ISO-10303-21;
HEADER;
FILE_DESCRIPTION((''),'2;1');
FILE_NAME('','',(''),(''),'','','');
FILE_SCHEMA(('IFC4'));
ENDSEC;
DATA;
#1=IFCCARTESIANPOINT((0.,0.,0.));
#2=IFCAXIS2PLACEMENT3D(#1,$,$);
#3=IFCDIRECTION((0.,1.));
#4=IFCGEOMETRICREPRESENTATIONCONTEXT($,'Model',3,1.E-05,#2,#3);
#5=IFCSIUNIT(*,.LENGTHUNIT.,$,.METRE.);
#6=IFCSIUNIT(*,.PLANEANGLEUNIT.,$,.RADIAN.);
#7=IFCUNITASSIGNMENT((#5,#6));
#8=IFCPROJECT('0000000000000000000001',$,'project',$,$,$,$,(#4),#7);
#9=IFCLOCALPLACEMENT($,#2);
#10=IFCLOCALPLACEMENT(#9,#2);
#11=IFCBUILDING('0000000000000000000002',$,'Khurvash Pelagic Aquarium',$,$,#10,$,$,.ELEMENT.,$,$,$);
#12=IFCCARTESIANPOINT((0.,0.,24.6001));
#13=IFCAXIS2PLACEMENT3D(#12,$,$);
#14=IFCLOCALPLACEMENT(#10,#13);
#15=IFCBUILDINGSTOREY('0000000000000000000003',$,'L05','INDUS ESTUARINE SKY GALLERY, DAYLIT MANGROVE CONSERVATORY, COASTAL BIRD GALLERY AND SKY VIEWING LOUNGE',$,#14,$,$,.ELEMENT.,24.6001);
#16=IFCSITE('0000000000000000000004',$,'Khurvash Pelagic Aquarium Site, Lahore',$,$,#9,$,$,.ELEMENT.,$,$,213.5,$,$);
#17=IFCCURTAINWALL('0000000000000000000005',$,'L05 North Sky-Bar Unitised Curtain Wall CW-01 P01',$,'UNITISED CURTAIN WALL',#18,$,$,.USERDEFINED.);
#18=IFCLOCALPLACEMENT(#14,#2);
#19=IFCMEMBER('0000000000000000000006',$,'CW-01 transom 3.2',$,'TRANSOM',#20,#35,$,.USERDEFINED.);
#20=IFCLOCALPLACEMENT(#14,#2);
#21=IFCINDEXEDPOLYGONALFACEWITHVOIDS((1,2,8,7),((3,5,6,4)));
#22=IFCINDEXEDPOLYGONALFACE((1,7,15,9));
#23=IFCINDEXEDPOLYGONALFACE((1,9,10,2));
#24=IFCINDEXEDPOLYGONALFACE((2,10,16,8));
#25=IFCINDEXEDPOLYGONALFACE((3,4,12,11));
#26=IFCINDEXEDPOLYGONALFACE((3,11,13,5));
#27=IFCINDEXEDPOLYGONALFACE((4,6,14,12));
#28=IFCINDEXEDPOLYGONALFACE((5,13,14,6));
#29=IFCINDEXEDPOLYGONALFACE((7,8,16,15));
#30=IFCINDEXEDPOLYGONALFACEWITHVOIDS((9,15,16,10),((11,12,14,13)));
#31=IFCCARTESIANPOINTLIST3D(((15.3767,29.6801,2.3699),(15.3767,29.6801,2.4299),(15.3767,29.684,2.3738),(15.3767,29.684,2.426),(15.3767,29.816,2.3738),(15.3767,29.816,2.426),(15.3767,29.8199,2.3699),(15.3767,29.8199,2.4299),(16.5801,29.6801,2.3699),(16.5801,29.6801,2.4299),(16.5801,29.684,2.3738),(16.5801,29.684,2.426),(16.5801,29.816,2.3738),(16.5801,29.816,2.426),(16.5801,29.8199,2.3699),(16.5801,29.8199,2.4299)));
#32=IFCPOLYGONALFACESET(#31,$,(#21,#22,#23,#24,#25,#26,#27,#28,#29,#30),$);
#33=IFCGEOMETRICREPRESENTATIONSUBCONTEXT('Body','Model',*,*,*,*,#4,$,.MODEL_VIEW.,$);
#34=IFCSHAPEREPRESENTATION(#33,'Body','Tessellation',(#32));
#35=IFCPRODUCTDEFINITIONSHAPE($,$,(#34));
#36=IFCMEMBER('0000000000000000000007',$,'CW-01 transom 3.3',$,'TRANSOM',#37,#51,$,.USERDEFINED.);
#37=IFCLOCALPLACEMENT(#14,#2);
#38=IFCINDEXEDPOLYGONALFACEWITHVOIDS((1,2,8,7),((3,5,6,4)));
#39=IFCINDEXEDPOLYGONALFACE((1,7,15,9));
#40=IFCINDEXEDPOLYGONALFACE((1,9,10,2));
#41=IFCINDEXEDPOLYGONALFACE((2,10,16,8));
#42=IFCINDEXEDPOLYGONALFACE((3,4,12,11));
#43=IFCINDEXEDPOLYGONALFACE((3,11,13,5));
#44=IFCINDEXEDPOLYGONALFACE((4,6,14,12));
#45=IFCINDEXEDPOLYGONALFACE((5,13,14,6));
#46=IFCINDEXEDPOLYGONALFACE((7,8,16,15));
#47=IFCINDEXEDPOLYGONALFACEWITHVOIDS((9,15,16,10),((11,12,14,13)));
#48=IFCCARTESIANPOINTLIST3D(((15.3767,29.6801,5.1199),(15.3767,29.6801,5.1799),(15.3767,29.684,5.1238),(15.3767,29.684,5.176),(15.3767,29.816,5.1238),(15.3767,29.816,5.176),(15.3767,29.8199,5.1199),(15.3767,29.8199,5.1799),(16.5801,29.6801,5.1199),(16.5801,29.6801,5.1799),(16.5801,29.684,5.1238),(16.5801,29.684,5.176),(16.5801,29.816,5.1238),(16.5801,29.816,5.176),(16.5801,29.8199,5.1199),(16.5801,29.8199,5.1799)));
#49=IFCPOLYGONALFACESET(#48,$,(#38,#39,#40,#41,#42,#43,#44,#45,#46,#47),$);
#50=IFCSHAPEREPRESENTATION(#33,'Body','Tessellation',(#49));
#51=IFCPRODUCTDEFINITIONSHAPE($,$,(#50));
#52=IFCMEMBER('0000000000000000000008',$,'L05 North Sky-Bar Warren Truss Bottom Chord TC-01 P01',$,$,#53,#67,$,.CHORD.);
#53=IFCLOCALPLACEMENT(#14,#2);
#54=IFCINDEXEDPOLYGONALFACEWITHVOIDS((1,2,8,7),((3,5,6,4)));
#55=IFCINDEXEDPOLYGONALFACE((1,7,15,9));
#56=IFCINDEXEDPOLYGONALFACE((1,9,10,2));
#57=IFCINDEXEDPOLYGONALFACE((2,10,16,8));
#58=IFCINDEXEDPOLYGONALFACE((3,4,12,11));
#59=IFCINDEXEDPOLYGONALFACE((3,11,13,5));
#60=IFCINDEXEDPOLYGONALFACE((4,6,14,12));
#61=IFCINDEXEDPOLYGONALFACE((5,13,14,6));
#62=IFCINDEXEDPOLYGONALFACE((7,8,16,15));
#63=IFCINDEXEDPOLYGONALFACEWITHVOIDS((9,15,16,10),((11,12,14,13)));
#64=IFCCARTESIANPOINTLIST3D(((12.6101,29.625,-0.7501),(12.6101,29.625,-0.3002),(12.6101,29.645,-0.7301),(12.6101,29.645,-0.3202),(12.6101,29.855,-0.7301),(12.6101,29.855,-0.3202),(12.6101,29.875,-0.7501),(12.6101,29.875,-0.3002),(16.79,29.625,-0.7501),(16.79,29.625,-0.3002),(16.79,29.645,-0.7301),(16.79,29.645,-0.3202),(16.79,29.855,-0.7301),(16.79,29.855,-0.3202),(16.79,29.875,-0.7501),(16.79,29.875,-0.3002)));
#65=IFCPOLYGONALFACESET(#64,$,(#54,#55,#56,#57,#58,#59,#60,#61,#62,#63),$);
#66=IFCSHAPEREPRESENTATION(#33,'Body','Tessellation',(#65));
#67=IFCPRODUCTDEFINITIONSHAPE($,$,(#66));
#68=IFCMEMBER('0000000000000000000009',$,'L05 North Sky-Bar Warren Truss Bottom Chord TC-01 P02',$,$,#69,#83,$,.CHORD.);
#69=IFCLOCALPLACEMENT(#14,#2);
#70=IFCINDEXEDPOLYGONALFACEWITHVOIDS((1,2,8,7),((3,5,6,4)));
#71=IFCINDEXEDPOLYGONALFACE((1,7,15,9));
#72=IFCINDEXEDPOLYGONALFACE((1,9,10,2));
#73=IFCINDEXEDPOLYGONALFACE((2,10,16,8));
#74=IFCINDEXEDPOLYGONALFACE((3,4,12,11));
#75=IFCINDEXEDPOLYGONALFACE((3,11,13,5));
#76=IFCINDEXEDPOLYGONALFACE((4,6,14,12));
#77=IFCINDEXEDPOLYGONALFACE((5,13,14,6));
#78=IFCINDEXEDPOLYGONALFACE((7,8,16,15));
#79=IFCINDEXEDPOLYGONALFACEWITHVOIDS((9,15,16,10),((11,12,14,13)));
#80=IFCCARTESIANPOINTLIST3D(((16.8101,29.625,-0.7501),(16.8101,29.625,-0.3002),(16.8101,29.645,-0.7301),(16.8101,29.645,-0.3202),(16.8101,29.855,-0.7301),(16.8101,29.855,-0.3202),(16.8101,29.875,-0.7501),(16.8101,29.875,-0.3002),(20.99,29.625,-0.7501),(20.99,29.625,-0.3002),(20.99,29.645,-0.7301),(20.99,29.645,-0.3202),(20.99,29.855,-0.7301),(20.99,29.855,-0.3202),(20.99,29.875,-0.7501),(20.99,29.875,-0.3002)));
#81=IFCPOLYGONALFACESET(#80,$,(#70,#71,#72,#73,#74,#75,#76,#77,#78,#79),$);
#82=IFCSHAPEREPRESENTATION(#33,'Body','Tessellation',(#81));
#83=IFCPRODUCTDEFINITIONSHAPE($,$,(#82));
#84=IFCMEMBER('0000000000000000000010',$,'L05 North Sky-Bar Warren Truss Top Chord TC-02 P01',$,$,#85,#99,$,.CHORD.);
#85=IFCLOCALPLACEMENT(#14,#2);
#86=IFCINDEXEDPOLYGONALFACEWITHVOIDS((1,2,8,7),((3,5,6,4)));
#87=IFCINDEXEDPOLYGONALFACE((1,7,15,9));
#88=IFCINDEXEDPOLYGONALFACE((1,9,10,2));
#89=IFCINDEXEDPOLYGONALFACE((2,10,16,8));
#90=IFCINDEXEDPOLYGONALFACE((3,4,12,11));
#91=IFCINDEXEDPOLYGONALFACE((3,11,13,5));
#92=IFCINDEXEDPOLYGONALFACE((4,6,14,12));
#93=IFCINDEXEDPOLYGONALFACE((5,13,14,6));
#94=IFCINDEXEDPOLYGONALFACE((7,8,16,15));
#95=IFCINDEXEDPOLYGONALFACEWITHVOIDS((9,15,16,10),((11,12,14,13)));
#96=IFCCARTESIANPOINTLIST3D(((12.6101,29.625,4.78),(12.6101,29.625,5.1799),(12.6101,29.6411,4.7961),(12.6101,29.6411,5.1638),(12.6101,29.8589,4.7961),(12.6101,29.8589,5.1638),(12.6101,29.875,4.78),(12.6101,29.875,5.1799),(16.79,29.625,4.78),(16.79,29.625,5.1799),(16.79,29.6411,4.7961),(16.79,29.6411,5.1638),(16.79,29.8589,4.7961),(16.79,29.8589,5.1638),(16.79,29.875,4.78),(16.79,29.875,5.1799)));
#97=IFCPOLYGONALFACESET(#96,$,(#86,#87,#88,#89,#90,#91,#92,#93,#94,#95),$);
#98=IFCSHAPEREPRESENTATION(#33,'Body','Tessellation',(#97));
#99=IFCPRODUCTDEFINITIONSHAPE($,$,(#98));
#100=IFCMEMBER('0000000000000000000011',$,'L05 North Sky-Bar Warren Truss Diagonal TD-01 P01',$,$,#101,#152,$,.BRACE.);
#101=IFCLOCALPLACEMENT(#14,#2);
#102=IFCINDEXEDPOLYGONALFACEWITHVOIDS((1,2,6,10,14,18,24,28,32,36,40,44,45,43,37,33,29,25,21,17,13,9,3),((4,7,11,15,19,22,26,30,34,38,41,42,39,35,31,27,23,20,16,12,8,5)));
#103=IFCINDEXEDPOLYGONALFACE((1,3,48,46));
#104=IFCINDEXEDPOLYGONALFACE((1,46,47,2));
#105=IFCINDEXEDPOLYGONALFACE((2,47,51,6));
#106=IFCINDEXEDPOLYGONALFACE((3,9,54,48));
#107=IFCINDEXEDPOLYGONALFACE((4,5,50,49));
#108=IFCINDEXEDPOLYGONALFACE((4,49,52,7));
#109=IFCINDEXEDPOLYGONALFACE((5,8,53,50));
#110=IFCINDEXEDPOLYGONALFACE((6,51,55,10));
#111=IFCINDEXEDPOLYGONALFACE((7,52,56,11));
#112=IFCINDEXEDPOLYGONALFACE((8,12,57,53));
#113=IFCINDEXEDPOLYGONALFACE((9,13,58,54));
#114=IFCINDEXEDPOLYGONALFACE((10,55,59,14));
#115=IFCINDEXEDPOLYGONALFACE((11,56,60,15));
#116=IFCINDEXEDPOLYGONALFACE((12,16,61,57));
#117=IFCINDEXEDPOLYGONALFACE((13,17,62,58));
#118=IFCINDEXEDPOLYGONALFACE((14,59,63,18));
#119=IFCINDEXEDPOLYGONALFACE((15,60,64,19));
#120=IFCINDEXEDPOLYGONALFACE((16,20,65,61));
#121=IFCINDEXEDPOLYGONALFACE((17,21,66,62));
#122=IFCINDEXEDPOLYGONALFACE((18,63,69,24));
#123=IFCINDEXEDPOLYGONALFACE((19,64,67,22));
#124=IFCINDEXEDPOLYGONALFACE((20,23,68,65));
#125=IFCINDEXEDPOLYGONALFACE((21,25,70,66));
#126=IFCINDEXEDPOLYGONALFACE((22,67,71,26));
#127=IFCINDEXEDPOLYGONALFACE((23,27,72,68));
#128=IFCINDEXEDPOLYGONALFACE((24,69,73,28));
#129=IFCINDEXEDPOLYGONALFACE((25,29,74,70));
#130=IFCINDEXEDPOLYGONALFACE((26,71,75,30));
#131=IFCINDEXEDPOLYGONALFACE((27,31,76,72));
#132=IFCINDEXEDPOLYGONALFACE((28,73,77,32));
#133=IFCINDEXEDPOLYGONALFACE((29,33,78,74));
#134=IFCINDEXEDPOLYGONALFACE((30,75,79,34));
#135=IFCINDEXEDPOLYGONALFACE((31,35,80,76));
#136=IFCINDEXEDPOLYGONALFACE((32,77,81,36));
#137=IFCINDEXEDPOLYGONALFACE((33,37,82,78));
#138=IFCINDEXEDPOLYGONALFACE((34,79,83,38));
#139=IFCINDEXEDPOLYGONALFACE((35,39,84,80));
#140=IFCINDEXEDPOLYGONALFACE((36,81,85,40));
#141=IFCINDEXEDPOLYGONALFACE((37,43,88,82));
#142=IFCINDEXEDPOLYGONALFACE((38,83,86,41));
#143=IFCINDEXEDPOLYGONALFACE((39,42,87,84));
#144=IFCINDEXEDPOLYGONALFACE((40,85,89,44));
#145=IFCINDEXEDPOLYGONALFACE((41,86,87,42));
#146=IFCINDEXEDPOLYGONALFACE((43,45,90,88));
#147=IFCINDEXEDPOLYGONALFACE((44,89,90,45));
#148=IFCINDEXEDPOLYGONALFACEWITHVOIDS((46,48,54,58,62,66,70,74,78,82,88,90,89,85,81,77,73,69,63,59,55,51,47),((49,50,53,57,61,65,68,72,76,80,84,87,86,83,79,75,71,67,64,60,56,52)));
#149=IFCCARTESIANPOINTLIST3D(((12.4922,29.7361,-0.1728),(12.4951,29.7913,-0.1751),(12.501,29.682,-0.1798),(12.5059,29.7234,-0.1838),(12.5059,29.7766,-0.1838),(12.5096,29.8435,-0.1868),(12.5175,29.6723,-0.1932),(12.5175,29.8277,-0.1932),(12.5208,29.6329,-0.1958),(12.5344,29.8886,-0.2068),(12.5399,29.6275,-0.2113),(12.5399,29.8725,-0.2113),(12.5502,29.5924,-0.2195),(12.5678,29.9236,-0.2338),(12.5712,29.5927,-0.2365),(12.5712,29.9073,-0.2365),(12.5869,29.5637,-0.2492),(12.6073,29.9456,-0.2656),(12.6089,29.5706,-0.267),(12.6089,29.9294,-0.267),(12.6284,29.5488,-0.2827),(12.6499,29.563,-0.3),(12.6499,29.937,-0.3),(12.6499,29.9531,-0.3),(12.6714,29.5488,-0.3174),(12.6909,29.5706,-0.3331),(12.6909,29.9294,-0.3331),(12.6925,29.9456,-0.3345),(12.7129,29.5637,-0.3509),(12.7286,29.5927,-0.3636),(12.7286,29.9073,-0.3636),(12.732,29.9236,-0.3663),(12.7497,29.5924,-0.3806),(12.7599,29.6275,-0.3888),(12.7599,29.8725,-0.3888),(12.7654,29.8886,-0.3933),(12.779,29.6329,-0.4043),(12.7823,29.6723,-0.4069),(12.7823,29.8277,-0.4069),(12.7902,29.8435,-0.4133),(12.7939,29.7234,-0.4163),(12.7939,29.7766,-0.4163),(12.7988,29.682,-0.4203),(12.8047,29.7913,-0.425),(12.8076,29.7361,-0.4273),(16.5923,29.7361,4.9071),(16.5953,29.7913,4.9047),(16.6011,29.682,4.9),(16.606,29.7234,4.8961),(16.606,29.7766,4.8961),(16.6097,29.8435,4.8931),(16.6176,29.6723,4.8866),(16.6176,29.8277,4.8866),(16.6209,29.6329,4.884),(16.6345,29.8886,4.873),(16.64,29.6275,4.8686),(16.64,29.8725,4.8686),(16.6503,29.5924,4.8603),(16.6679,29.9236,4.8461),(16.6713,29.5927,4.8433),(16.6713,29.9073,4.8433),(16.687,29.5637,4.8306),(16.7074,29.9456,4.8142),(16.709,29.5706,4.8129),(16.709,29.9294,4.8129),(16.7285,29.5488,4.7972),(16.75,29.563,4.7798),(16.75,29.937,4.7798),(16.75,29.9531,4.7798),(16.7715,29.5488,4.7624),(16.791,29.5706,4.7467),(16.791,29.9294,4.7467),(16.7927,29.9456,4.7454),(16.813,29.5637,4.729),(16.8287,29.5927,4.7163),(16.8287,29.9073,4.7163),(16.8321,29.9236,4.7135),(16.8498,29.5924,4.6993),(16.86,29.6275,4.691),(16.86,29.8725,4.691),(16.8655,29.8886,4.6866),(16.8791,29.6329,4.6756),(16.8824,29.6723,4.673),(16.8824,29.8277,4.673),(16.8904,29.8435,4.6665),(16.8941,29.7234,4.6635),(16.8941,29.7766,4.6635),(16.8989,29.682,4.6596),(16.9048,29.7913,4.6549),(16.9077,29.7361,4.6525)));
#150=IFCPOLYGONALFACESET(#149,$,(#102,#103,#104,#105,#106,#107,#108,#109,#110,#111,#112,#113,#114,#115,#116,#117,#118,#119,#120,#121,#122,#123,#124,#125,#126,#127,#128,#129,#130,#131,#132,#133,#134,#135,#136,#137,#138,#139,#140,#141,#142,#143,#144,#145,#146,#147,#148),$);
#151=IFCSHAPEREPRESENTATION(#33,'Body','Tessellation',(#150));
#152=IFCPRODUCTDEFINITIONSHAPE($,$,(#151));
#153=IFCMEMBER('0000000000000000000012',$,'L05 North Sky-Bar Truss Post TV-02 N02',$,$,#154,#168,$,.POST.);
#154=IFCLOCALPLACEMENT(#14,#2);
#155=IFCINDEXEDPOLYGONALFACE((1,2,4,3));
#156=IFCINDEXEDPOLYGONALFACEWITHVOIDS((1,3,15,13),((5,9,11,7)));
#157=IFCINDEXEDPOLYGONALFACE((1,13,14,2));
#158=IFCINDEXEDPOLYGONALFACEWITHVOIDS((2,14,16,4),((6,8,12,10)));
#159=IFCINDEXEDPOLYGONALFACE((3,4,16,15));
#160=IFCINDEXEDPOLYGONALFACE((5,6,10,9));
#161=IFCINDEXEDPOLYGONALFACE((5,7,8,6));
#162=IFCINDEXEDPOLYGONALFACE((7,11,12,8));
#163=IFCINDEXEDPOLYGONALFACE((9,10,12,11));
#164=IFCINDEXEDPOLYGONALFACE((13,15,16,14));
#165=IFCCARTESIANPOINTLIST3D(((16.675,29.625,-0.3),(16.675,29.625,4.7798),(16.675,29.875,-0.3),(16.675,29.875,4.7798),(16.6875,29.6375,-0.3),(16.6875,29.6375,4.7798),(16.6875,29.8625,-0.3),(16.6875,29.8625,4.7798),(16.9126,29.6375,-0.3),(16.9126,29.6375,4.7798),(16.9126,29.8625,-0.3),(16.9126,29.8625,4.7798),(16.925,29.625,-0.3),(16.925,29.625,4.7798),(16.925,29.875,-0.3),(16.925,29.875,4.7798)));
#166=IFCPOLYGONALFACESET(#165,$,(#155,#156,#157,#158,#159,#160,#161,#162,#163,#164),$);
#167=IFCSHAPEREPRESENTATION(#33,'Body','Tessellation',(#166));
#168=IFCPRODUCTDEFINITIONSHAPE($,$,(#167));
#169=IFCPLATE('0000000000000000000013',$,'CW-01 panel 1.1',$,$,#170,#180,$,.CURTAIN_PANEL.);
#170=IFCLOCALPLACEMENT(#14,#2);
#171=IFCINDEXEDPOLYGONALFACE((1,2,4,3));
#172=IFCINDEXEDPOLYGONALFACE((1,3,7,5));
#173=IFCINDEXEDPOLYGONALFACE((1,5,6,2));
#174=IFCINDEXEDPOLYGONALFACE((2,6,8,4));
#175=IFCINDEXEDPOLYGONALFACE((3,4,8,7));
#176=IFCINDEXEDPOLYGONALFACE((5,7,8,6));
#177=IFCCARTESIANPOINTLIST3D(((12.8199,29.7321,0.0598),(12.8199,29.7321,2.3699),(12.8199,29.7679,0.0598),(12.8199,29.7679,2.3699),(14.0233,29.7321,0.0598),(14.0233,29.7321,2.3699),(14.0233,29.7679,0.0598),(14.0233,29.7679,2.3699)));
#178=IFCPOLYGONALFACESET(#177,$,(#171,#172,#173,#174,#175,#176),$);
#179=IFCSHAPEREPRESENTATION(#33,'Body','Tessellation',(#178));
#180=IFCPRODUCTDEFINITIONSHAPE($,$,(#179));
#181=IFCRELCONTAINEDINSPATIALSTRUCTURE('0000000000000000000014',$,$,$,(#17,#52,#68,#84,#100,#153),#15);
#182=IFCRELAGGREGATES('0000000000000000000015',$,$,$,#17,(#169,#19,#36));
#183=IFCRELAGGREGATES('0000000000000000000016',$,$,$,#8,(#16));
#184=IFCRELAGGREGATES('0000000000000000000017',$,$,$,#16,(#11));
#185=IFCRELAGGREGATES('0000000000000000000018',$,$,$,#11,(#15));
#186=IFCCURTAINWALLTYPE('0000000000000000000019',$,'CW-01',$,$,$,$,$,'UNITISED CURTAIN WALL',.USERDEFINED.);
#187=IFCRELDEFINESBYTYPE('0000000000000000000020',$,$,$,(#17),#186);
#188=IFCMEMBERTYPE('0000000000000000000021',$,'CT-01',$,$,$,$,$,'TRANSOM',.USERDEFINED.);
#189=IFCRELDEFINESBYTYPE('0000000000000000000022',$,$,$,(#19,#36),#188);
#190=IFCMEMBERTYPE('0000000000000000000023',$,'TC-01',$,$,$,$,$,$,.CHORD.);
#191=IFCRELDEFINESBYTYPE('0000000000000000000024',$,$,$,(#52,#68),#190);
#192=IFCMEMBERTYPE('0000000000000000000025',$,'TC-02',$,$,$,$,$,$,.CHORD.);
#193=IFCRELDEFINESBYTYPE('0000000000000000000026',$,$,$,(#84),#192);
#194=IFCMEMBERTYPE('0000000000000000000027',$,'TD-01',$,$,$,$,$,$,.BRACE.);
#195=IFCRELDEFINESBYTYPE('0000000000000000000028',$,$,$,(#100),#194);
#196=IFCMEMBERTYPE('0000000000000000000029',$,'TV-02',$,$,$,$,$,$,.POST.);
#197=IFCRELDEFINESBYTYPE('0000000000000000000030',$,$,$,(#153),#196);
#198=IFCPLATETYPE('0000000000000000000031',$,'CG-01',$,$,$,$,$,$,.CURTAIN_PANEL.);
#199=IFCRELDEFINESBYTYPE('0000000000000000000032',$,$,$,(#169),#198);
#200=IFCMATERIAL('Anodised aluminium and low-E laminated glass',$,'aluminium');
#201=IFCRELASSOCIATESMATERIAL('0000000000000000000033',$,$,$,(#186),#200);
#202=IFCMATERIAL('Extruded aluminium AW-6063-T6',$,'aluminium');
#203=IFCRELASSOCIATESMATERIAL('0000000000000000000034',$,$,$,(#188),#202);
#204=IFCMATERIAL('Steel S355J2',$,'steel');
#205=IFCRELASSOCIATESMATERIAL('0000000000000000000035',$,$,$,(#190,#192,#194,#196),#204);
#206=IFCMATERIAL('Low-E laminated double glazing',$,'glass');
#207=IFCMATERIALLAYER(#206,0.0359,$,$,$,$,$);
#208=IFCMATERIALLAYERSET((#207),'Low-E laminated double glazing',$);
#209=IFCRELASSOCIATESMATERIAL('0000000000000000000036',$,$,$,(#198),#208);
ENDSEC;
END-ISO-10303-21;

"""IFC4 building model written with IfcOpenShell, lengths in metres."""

from ifc_helpers import new_model, si_unit, direction, frame, origin, origin_2d, place, context, subcontext, project, spatial, rectangle, hollow_rectangle, hollow_circle, extrude, material, layer, layer_set, material_profile, profile_set, type_object, element, aggregate, save


model = new_model("IFC4")

# Units and contexts
model_context = context("Model", 3, precision=1e-05, world=origin(), true_north=direction((0.0, 1.0)))
body_context = subcontext(model_context, "Body", "Model", "MODEL_VIEW")
ifc_project = project(units=[si_unit("LENGTHUNIT", "METRE"), si_unit("PLANEANGLEUNIT", "RADIAN")], contexts=[model_context])

# Site, building, storey
site_placement = place(None, origin())
site = spatial("IfcSite", under=ifc_project, at=site_placement, Name="Khurvash Pelagic Aquarium Site, Lahore", CompositionType="ELEMENT", RefElevation=213.5)
building_placement = place(site_placement, origin())
building = spatial("IfcBuilding", under=site, at=building_placement, Name="Khurvash Pelagic Aquarium", CompositionType="ELEMENT")
storey_placement = place(building_placement, frame((0.0, 0.0, 24.6001)))
storey = spatial("IfcBuildingStorey", under=building, at=storey_placement, Name="L05", Description="INDUS ESTUARINE SKY GALLERY, DAYLIT MANGROVE CONSERVATORY, COASTAL BIRD GALLERY AND SKY VIEWING LOUNGE", CompositionType="ELEMENT", Elevation=24.6001)

# Curtain wall, members
ifc_material_1 = material(Name="Anodised aluminium and low-E laminated glass", Category="aluminium")
curtain_wall_type = type_object("IfcCurtainWallType", Name="CW-01", ElementType="UNITISED CURTAIN WALL", PredefinedType="USERDEFINED", material=ifc_material_1)
curtain_wall_placement = place(storey_placement, origin())
curtain_wall = element("IfcCurtainWall", 1, at=curtain_wall_placement, inside=storey, type_object=curtain_wall_type, Name="L05 North Sky-Bar Unitised Curtain Wall CW-01 P01", ObjectType="UNITISED CURTAIN WALL", PredefinedType="USERDEFINED")
ifc_material_2 = material(Name="Extruded aluminium AW-6063-T6", Category="aluminium")
ifc_material_profile_1 = material_profile(ifc_material_2, hollow_rectangle(XDim=0.1399, YDim=0.0601, WallThickness=0.0039, at=origin_2d()), Name="CWT140X60X4")
ifc_profile_set_1 = profile_set([ifc_material_profile_1], Name="Extruded aluminium AW-6063-T6")
member_type_1 = type_object("IfcMemberType", Name="CT-01", ElementType="TRANSOM", PredefinedType="USERDEFINED", material=ifc_profile_set_1)
member_1_placement = place(storey_placement, frame((15.3767, 29.75, 2.3999), z_axis=(1.0, 0.0, 0.0), x_axis=(0.0, 1.0, 0.0)))
member_1 = element("IfcMember", 2, at=member_1_placement, type_object=member_type_1, Name="CW-01 transom 3.2", ObjectType="TRANSOM", PredefinedType="USERDEFINED", context=body_context, shape_type="SweptSolid", body=[
    extrude(hollow_rectangle(XDim=0.1399, YDim=0.0601, WallThickness=0.0039, at=origin_2d()), origin(), (0.0, 0.0, 1.0), 1.2034),
])
member_2_placement = place(storey_placement, frame((15.3767, 29.75, 5.1499), z_axis=(1.0, 0.0, 0.0), x_axis=(0.0, 1.0, 0.0)))
member_2 = element("IfcMember", 3, at=member_2_placement, type_object=member_type_1, Name="CW-01 transom 3.3", ObjectType="TRANSOM", PredefinedType="USERDEFINED", context=body_context, shape_type="SweptSolid", body=[
    extrude(hollow_rectangle(XDim=0.1399, YDim=0.0601, WallThickness=0.0039, at=origin_2d()), origin(), (0.0, 0.0, 1.0), 1.2034),
])

# Members
ifc_material_3 = material(Name="Steel S355J2", Category="steel")
ifc_material_profile_2 = material_profile(ifc_material_3, hollow_rectangle(XDim=0.25, YDim=0.45, WallThickness=0.02, at=origin_2d()), Name="RHS450X250X20")
ifc_profile_set_2 = profile_set([ifc_material_profile_2], Name="Steel S355J2")
member_type_2 = type_object("IfcMemberType", Name="TC-01", PredefinedType="CHORD", material=ifc_profile_set_2)
for number, where, z_axis, x_axis, name in (
    (4, (12.6101, 29.75, -0.5251), (1.0, 0.0, 0.0), (0.0, 1.0, 0.0), "L05 North Sky-Bar Warren Truss Bottom Chord TC-01 P01"),
    (5, (16.8101, 29.75, -0.5251), (1.0, 0.0, 0.0), (0.0, 1.0, 0.0), "L05 North Sky-Bar Warren Truss Bottom Chord TC-01 P02"),
):
    element("IfcMember", number, at=place(storey_placement, frame(where, z_axis=z_axis, x_axis=x_axis)), inside=storey, type_object=member_type_2, Name=name, PredefinedType="CHORD", context=body_context, shape_type="SweptSolid", body=[
        extrude(hollow_rectangle(XDim=0.25, YDim=0.45, WallThickness=0.02, at=origin_2d()), origin(), (0.0, 0.0, 1.0), 4.1799),
    ])
ifc_material_profile_3 = material_profile(ifc_material_3, hollow_rectangle(XDim=0.25, YDim=0.3999, WallThickness=0.0161, at=origin_2d()), Name="RHS400X250X16")
ifc_profile_set_3 = profile_set([ifc_material_profile_3], Name="Steel S355J2")
member_type_3 = type_object("IfcMemberType", Name="TC-02", PredefinedType="CHORD", material=ifc_profile_set_3)
member_3_placement = place(storey_placement, frame((12.6101, 29.75, 4.98), z_axis=(1.0, 0.0, 0.0), x_axis=(0.0, 1.0, 0.0)))
element("IfcMember", 6, at=member_3_placement, inside=storey, type_object=member_type_3, Name="L05 North Sky-Bar Warren Truss Top Chord TC-02 P01", PredefinedType="CHORD", context=body_context, shape_type="SweptSolid", body=[
    extrude(hollow_rectangle(XDim=0.25, YDim=0.3999, WallThickness=0.0161, at=origin_2d()), origin(), (0.0, 0.0, 1.0), 4.1799),
])
ifc_material_profile_4 = material_profile(ifc_material_3, hollow_circle(Radius=0.2031, WallThickness=0.0161, at=origin_2d()), Name="CHS406X16")
ifc_profile_set_4 = profile_set([ifc_material_profile_4], Name="Steel S355J2")
member_type_4 = type_object("IfcMemberType", Name="TD-01", PredefinedType="BRACE", material=ifc_profile_set_4)
member_4_placement = place(storey_placement, frame((12.6499, 29.75, -0.3), z_axis=(0.628073, 0.0, 0.778154), x_axis=(0.0, 1.0, 0.0)))
element("IfcMember", 7, at=member_4_placement, inside=storey, type_object=member_type_4, Name="L05 North Sky-Bar Warren Truss Diagonal TD-01 P01", PredefinedType="BRACE", context=body_context, shape_type="SweptSolid", body=[
    extrude(hollow_circle(Radius=0.2031, WallThickness=0.0161, at=origin_2d()), origin(), (0.0, 0.0, 1.0), 6.5281),
])
ifc_material_profile_5 = material_profile(ifc_material_3, hollow_rectangle(XDim=0.25, YDim=0.25, WallThickness=0.0125, at=origin_2d()), Name="SHS250X250X12")
ifc_profile_set_5 = profile_set([ifc_material_profile_5], Name="Steel S355J2")
member_type_5 = type_object("IfcMemberType", Name="TV-02", PredefinedType="POST", material=ifc_profile_set_5)
member_5_placement = place(storey_placement, frame((16.8, 29.75, -0.3), z_axis=(0.0, 0.0, 1.0), x_axis=(1.0, 0.0, 0.0)))
element("IfcMember", 8, at=member_5_placement, inside=storey, type_object=member_type_5, Name="L05 North Sky-Bar Truss Post TV-02 N02", PredefinedType="POST", context=body_context, shape_type="SweptSolid", body=[
    extrude(hollow_rectangle(XDim=0.25, YDim=0.25, WallThickness=0.0125, at=origin_2d()), origin(), (0.0, 0.0, 1.0), 5.0798),
])

# Plate
ifc_material_4 = material(Name="Low-E laminated double glazing", Category="glass")
ifc_layer_1 = layer(ifc_material_4, 0.0359)
ifc_layer_set_1 = layer_set([ifc_layer_1], Name="Low-E laminated double glazing")
plate_type_1 = type_object("IfcPlateType", Name="CG-01", PredefinedType="CURTAIN_PANEL", material=ifc_layer_set_1)
plate_1_placement = place(storey_placement, frame((13.4216, 29.75, 0.0598), z_axis=(0.0, 0.0, 1.0), x_axis=(1.0, 0.0, 0.0)))
plate_1 = element("IfcPlate", 9, at=plate_1_placement, type_object=plate_type_1, Name="CW-01 panel 1.1", PredefinedType="CURTAIN_PANEL", context=body_context, shape_type="SweptSolid", body=[
    extrude(rectangle(XDim=1.2034, YDim=0.0359, at=origin_2d()), origin(), (0.0, 0.0, 1.0), 2.3101),
])
aggregate(curtain_wall, [plate_1, member_1, member_2])

save(model, "model.ifc")
